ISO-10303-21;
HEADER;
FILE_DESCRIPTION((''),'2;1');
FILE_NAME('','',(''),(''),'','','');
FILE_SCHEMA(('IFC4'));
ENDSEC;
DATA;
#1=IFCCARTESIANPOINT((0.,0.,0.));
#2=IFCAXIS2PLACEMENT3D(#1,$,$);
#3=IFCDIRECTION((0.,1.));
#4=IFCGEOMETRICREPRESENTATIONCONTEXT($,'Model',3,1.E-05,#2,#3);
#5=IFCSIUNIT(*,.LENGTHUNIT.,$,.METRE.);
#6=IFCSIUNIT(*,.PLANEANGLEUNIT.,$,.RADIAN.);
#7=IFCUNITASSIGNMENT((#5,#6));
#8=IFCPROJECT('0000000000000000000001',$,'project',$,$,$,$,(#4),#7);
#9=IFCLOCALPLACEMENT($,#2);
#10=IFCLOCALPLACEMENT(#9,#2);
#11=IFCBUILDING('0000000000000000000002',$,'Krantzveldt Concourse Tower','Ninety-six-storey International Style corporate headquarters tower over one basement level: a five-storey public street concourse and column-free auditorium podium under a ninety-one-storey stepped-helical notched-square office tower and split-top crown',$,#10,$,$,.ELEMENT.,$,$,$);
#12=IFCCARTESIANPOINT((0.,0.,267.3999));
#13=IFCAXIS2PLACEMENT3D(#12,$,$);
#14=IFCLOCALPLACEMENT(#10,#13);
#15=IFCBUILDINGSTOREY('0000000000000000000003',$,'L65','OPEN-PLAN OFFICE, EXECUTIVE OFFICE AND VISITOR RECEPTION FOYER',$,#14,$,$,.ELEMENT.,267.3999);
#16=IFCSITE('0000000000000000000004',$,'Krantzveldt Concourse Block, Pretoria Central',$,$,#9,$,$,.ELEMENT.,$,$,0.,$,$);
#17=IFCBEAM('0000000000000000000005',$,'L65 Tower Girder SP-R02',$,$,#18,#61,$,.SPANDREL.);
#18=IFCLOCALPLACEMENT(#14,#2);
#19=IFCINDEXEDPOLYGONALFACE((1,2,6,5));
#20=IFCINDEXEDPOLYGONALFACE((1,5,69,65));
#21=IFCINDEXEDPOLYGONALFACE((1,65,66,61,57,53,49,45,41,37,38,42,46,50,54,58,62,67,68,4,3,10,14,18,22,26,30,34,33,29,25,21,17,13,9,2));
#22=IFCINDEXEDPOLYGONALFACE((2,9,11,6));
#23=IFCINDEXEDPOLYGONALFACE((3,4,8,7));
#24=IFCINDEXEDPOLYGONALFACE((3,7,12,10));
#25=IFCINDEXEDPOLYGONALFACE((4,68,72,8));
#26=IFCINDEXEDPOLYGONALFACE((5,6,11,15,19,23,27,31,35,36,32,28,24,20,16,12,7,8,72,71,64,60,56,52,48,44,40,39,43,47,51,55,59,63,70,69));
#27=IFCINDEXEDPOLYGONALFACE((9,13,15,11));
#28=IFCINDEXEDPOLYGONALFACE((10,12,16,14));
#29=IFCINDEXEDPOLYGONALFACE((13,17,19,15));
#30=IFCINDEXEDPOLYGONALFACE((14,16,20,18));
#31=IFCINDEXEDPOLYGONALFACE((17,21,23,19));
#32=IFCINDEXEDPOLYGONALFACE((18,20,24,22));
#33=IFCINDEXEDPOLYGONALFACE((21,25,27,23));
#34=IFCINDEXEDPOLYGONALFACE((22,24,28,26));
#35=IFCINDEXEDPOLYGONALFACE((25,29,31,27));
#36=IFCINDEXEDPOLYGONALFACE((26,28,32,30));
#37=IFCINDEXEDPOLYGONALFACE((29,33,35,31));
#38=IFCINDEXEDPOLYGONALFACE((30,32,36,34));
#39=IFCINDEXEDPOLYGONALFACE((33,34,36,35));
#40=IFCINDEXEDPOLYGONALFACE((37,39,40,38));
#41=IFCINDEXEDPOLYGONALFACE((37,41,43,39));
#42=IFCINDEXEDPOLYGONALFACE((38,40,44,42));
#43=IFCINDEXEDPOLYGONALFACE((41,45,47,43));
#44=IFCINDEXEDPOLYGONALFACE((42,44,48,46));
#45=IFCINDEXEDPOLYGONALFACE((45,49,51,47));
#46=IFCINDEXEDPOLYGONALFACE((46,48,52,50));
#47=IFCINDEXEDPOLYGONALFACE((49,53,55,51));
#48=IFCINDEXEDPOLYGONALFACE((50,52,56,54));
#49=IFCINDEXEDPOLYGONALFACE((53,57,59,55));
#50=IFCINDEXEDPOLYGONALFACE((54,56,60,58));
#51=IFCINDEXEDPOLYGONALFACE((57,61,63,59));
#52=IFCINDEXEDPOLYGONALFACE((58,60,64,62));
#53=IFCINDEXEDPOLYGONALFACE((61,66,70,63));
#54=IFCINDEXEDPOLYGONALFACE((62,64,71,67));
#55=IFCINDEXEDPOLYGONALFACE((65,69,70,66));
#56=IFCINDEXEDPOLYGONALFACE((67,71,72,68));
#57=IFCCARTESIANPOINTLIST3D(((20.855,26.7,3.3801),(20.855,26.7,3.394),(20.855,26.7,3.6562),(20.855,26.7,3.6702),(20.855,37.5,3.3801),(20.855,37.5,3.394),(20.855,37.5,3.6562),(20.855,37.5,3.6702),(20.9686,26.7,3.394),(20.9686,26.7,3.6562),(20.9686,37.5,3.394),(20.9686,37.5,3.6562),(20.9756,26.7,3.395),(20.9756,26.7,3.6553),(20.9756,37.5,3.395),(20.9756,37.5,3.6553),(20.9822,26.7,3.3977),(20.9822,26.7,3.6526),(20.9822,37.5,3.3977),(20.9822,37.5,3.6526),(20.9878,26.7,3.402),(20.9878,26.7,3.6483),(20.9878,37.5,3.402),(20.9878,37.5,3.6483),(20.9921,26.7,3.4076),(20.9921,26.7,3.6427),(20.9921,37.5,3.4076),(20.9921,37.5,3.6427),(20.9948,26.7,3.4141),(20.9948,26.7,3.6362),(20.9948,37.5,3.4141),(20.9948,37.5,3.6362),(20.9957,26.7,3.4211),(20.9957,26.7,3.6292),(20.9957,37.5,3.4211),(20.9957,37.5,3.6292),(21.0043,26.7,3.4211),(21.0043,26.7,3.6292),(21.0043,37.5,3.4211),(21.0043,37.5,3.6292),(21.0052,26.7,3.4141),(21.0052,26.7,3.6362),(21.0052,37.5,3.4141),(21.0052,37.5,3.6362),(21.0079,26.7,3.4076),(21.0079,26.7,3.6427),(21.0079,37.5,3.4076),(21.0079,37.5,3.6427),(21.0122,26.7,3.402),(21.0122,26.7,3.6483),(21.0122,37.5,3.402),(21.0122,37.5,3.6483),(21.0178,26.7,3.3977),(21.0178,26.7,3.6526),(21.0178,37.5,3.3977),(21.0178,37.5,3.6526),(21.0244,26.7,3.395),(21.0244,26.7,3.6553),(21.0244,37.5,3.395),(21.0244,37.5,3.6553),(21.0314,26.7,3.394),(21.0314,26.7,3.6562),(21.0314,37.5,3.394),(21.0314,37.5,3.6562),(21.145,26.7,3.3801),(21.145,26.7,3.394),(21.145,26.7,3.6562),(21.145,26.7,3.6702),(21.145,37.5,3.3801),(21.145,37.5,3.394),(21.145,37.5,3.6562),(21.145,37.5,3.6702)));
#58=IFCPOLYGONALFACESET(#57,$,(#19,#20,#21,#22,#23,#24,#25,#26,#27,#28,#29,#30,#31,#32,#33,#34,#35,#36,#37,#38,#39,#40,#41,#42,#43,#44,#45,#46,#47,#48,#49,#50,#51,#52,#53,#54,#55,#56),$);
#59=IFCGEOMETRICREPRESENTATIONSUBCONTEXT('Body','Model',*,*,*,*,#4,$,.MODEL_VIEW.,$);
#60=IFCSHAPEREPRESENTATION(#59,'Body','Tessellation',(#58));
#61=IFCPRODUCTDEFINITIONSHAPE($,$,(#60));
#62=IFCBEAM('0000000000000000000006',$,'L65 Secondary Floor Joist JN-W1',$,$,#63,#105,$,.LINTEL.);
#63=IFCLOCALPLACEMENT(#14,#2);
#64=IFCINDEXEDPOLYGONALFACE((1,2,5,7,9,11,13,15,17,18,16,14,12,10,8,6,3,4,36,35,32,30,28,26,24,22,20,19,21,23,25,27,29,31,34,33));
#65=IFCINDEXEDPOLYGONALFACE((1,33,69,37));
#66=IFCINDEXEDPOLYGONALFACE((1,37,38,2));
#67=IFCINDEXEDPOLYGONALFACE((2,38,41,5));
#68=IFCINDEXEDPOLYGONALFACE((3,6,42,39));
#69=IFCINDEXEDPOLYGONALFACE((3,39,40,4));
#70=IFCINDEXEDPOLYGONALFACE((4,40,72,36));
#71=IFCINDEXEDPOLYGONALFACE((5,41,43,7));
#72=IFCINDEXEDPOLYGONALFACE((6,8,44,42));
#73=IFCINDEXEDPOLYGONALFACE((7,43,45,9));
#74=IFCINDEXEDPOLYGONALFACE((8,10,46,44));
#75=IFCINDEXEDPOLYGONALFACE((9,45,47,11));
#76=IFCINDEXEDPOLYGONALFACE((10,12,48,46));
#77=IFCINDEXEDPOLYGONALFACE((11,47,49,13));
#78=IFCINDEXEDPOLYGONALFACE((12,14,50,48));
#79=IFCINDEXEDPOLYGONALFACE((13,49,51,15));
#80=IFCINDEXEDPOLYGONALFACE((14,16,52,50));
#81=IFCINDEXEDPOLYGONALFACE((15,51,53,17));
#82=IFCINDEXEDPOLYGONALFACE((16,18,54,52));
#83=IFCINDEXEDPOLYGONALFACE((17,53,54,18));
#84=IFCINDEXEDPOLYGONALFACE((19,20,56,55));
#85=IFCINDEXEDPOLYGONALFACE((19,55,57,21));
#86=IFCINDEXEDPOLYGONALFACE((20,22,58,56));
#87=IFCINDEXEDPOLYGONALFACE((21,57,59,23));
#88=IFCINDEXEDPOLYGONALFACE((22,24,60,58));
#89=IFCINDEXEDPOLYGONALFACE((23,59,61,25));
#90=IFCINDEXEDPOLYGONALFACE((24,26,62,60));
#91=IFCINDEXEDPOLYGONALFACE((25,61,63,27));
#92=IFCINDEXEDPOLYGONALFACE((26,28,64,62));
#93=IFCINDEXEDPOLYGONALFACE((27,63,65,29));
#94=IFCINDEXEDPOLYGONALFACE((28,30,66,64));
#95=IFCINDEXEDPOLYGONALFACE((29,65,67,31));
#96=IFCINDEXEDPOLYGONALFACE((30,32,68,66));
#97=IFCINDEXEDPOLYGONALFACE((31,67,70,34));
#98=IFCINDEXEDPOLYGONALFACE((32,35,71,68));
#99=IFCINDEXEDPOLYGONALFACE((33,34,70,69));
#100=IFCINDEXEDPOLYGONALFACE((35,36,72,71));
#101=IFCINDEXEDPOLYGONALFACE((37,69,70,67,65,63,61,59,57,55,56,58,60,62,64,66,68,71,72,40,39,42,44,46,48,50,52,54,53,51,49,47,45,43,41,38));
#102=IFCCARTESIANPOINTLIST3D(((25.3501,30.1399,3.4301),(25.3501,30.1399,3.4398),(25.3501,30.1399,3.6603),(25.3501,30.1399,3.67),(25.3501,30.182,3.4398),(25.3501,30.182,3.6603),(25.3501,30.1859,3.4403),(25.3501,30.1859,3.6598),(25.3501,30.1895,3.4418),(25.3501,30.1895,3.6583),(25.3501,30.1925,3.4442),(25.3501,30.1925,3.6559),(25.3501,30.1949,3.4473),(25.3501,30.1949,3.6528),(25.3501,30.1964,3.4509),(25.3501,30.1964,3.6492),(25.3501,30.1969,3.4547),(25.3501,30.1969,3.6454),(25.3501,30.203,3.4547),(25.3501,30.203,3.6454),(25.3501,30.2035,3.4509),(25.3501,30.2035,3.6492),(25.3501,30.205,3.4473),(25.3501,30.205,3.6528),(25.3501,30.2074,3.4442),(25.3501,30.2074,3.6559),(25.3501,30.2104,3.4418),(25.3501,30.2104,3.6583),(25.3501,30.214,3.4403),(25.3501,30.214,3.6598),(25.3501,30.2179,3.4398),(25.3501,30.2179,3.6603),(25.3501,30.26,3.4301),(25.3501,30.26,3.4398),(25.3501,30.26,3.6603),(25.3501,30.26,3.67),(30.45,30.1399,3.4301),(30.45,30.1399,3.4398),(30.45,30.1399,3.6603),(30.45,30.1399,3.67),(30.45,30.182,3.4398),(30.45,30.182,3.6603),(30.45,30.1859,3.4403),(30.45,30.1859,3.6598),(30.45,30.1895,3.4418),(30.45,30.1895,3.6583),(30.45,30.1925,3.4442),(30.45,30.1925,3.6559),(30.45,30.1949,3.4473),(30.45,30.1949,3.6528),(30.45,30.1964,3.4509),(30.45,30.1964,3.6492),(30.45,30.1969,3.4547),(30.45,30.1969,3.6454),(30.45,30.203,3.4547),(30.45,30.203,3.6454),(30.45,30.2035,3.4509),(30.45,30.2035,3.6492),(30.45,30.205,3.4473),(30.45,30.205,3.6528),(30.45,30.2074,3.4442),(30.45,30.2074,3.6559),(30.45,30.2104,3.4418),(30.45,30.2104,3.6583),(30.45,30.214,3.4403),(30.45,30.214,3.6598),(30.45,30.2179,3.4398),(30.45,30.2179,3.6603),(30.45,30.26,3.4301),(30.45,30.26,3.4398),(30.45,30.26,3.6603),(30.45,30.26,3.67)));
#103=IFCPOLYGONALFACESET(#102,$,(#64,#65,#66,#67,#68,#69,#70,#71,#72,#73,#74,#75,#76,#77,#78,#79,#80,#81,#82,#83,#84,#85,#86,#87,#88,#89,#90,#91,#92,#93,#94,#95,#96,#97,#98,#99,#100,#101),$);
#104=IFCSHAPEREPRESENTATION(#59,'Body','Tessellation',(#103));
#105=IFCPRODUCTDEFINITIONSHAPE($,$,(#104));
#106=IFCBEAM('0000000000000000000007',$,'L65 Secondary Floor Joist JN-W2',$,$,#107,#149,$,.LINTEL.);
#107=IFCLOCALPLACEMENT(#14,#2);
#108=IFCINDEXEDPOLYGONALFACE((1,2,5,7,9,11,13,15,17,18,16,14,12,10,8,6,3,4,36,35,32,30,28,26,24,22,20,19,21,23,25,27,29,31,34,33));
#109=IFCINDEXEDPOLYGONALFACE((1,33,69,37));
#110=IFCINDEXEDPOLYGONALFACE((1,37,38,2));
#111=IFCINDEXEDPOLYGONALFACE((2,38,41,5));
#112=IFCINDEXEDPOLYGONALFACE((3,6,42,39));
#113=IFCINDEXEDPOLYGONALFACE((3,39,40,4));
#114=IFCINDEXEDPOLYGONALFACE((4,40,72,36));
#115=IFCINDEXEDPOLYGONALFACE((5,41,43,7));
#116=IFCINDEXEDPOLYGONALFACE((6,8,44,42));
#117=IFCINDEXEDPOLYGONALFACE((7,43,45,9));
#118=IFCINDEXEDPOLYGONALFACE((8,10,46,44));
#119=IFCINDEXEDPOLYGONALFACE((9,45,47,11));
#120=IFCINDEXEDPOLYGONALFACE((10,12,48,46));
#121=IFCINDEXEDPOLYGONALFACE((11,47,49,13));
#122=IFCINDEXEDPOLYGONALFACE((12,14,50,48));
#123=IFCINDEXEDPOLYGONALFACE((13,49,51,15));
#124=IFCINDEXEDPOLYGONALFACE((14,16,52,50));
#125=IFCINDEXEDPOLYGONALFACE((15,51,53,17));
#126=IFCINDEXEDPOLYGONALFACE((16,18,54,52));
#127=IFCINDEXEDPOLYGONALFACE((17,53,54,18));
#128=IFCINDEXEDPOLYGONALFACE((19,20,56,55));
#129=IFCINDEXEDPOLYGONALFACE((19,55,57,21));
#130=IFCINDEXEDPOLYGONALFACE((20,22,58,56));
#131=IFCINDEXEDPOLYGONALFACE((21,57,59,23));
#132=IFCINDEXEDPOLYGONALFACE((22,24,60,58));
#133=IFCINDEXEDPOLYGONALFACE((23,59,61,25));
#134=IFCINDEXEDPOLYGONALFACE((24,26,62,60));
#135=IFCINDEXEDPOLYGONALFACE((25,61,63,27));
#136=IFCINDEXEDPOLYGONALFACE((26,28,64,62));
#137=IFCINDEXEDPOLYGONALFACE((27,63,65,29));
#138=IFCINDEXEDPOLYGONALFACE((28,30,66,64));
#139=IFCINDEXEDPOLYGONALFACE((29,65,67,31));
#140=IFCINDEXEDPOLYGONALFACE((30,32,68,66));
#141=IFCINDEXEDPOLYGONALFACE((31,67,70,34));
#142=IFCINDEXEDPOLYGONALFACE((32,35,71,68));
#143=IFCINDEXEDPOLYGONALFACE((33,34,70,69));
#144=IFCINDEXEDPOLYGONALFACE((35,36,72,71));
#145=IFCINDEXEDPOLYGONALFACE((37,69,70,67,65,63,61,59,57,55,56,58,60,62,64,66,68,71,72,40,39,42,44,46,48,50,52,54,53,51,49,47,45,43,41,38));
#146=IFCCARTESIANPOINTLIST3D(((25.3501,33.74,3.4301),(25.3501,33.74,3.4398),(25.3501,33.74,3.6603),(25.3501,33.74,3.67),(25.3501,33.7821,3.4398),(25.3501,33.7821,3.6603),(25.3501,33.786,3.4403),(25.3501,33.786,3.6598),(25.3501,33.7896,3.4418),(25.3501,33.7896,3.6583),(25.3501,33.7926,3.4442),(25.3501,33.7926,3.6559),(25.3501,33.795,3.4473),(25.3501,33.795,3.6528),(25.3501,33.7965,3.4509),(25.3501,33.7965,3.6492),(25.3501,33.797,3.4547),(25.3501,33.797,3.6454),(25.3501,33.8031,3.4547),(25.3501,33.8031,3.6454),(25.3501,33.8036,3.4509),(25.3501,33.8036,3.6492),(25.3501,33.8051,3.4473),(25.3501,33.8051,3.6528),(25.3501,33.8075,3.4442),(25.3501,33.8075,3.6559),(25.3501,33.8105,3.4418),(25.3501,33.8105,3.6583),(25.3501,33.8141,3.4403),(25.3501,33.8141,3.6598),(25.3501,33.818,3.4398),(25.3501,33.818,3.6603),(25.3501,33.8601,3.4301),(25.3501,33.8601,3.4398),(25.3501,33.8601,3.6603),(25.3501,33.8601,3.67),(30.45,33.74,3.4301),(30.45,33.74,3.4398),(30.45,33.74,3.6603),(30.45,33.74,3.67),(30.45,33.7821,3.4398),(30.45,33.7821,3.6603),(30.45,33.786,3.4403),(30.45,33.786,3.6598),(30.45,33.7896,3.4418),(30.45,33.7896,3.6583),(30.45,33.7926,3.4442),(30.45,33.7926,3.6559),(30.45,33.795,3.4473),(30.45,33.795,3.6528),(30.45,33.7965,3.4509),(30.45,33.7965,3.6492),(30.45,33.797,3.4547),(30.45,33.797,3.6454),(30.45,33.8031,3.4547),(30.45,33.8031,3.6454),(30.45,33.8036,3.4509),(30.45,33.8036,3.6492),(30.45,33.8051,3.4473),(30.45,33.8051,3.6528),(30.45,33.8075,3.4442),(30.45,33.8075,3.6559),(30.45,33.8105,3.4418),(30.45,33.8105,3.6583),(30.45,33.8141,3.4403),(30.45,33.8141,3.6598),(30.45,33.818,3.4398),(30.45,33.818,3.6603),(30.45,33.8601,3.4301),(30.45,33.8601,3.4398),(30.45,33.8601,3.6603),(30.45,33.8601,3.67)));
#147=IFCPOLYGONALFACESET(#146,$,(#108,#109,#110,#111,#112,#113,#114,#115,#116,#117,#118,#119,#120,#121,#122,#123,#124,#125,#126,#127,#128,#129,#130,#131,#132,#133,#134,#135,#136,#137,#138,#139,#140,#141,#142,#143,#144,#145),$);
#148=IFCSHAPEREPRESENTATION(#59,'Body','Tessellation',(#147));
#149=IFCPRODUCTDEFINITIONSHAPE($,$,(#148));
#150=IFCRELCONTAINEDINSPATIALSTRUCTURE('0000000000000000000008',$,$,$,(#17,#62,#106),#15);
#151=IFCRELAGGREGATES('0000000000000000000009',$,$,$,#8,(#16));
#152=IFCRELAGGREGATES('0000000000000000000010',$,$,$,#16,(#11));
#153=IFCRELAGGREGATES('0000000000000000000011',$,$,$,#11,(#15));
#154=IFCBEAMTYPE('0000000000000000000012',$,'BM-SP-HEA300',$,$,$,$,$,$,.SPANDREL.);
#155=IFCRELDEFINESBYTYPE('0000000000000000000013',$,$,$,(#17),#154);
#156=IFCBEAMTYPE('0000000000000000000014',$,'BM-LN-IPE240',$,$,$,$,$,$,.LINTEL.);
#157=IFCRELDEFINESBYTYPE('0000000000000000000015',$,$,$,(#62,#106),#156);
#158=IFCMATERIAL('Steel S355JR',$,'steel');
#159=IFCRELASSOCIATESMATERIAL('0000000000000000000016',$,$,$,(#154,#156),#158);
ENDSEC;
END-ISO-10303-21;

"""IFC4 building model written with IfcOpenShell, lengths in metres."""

from ifc_helpers import new_model, si_unit, direction, frame, origin, origin_2d, place, context, subcontext, project, spatial, i_section, extrude, source, transform, mapped, material, material_profile, profile_set, type_object, type_shapes, element, save


model = new_model("IFC4")

# Units and contexts
model_context = context("Model", 3, precision=1e-05, world=origin(), true_north=direction((0.0, 1.0)))
body_context = subcontext(model_context, "Body", "Model", "MODEL_VIEW")
ifc_project = project(units=[si_unit("LENGTHUNIT", "METRE"), si_unit("PLANEANGLEUNIT", "RADIAN")], contexts=[model_context])

# Site, building, storey
site_placement = place(None, origin())
site = spatial("IfcSite", under=ifc_project, at=site_placement, Name="Krantzveldt Concourse Block, Pretoria Central", CompositionType="ELEMENT", RefElevation=0.0)
building_placement = place(site_placement, origin())
building = spatial("IfcBuilding", under=site, at=building_placement, Name="Krantzveldt Concourse Tower", Description="Ninety-six-storey International Style corporate headquarters tower over one basement level: a five-storey public street concourse and column-free auditorium podium under a ninety-one-storey stepped-helical notched-square office tower and split-top crown", CompositionType="ELEMENT")
storey_placement = place(building_placement, frame((0.0, 0.0, 267.3999)))
storey = spatial("IfcBuildingStorey", under=building, at=storey_placement, Name="L65", Description="OPEN-PLAN OFFICE, EXECUTIVE OFFICE AND VISITOR RECEPTION FOYER", CompositionType="ELEMENT", Elevation=267.3999)

# Beams
ifc_material_1 = material(Name="Steel S355JR", Category="steel")
ifc_material_profile_1 = material_profile(ifc_material_1, i_section(OverallWidth=0.29, OverallDepth=0.29, WebThickness=0.0085, FlangeThickness=0.0139, FilletRadius=0.0271, at=origin_2d()), Name="Steel S355JR", Category="steel")
ifc_profile_set_1 = profile_set([ifc_material_profile_1], Name="Steel S355JR - HEA 300")
beam_type_1 = type_object("IfcBeamType", Name="BM-SP-HEA300", PredefinedType="SPANDREL", material=ifc_profile_set_1)
shared_shape_1 = source(origin(), body_context, "Body", "SweptSolid", [
    extrude(i_section(OverallWidth=0.29, OverallDepth=0.29, WebThickness=0.0085, FlangeThickness=0.0139, FilletRadius=0.0271, at=origin_2d()), origin(), (0.0, 0.0, 1.0), 10.8),
])
type_shapes(beam_type_1, [shared_shape_1])
beam_1_placement = place(storey_placement, frame((21.0, 26.7, 3.5251), z_axis=(0.0, 1.0, 0.0), x_axis=(-1.0, 0.0, 0.0)))
element("IfcBeam", 1, at=beam_1_placement, inside=storey, type_object=beam_type_1, Name="L65 Tower Girder SP-R02", PredefinedType="SPANDREL", context=body_context, shape_type="MappedRepresentation", body=[
    mapped(shared_shape_1, transform((0.0, 0.0, 0.0), x_axis=(1.0, 0.0, 0.0), y_axis=(0.0, 1.0, 0.0), z_axis=(0.0, 0.0, 1.0), scale=1.0)),
])
ifc_material_profile_2 = material_profile(ifc_material_1, i_section(OverallWidth=0.1201, OverallDepth=0.24, WebThickness=0.0061, FlangeThickness=0.0098, FilletRadius=0.0149, at=origin_2d()), Name="Steel S355JR", Category="steel")
ifc_profile_set_2 = profile_set([ifc_material_profile_2], Name="Steel S355JR - IPE 240")
beam_type_2 = type_object("IfcBeamType", Name="BM-LN-IPE240", PredefinedType="LINTEL", material=ifc_profile_set_2)
shared_shape_2 = source(origin(), body_context, "Body", "SweptSolid", [
    extrude(i_section(OverallWidth=0.1201, OverallDepth=0.24, WebThickness=0.0061, FlangeThickness=0.0098, FilletRadius=0.0149, at=origin_2d()), origin(), (0.0, 0.0, 1.0), 5.0999),
])
type_shapes(beam_type_2, [shared_shape_2])
for number, where, z_axis, x_axis, name in (
    (2, (25.3501, 30.2, 3.55), (1.0, 0.0, 0.0), (0.0, 1.0, 0.0), "L65 Secondary Floor Joist JN-W1"),
    (3, (25.3501, 33.8, 3.55), (1.0, 0.0, 0.0), (0.0, 1.0, 0.0), "L65 Secondary Floor Joist JN-W2"),
):
    element("IfcBeam", number, at=place(storey_placement, frame(where, z_axis=z_axis, x_axis=x_axis)), inside=storey, type_object=beam_type_2, Name=name, PredefinedType="LINTEL", context=body_context, shape_type="MappedRepresentation", body=[
        mapped(shared_shape_2, transform((0.0, 0.0, 0.0), x_axis=(1.0, 0.0, 0.0), y_axis=(0.0, 1.0, 0.0), z_axis=(0.0, 0.0, 1.0), scale=1.0)),
    ])

save(model, "model.ifc")
